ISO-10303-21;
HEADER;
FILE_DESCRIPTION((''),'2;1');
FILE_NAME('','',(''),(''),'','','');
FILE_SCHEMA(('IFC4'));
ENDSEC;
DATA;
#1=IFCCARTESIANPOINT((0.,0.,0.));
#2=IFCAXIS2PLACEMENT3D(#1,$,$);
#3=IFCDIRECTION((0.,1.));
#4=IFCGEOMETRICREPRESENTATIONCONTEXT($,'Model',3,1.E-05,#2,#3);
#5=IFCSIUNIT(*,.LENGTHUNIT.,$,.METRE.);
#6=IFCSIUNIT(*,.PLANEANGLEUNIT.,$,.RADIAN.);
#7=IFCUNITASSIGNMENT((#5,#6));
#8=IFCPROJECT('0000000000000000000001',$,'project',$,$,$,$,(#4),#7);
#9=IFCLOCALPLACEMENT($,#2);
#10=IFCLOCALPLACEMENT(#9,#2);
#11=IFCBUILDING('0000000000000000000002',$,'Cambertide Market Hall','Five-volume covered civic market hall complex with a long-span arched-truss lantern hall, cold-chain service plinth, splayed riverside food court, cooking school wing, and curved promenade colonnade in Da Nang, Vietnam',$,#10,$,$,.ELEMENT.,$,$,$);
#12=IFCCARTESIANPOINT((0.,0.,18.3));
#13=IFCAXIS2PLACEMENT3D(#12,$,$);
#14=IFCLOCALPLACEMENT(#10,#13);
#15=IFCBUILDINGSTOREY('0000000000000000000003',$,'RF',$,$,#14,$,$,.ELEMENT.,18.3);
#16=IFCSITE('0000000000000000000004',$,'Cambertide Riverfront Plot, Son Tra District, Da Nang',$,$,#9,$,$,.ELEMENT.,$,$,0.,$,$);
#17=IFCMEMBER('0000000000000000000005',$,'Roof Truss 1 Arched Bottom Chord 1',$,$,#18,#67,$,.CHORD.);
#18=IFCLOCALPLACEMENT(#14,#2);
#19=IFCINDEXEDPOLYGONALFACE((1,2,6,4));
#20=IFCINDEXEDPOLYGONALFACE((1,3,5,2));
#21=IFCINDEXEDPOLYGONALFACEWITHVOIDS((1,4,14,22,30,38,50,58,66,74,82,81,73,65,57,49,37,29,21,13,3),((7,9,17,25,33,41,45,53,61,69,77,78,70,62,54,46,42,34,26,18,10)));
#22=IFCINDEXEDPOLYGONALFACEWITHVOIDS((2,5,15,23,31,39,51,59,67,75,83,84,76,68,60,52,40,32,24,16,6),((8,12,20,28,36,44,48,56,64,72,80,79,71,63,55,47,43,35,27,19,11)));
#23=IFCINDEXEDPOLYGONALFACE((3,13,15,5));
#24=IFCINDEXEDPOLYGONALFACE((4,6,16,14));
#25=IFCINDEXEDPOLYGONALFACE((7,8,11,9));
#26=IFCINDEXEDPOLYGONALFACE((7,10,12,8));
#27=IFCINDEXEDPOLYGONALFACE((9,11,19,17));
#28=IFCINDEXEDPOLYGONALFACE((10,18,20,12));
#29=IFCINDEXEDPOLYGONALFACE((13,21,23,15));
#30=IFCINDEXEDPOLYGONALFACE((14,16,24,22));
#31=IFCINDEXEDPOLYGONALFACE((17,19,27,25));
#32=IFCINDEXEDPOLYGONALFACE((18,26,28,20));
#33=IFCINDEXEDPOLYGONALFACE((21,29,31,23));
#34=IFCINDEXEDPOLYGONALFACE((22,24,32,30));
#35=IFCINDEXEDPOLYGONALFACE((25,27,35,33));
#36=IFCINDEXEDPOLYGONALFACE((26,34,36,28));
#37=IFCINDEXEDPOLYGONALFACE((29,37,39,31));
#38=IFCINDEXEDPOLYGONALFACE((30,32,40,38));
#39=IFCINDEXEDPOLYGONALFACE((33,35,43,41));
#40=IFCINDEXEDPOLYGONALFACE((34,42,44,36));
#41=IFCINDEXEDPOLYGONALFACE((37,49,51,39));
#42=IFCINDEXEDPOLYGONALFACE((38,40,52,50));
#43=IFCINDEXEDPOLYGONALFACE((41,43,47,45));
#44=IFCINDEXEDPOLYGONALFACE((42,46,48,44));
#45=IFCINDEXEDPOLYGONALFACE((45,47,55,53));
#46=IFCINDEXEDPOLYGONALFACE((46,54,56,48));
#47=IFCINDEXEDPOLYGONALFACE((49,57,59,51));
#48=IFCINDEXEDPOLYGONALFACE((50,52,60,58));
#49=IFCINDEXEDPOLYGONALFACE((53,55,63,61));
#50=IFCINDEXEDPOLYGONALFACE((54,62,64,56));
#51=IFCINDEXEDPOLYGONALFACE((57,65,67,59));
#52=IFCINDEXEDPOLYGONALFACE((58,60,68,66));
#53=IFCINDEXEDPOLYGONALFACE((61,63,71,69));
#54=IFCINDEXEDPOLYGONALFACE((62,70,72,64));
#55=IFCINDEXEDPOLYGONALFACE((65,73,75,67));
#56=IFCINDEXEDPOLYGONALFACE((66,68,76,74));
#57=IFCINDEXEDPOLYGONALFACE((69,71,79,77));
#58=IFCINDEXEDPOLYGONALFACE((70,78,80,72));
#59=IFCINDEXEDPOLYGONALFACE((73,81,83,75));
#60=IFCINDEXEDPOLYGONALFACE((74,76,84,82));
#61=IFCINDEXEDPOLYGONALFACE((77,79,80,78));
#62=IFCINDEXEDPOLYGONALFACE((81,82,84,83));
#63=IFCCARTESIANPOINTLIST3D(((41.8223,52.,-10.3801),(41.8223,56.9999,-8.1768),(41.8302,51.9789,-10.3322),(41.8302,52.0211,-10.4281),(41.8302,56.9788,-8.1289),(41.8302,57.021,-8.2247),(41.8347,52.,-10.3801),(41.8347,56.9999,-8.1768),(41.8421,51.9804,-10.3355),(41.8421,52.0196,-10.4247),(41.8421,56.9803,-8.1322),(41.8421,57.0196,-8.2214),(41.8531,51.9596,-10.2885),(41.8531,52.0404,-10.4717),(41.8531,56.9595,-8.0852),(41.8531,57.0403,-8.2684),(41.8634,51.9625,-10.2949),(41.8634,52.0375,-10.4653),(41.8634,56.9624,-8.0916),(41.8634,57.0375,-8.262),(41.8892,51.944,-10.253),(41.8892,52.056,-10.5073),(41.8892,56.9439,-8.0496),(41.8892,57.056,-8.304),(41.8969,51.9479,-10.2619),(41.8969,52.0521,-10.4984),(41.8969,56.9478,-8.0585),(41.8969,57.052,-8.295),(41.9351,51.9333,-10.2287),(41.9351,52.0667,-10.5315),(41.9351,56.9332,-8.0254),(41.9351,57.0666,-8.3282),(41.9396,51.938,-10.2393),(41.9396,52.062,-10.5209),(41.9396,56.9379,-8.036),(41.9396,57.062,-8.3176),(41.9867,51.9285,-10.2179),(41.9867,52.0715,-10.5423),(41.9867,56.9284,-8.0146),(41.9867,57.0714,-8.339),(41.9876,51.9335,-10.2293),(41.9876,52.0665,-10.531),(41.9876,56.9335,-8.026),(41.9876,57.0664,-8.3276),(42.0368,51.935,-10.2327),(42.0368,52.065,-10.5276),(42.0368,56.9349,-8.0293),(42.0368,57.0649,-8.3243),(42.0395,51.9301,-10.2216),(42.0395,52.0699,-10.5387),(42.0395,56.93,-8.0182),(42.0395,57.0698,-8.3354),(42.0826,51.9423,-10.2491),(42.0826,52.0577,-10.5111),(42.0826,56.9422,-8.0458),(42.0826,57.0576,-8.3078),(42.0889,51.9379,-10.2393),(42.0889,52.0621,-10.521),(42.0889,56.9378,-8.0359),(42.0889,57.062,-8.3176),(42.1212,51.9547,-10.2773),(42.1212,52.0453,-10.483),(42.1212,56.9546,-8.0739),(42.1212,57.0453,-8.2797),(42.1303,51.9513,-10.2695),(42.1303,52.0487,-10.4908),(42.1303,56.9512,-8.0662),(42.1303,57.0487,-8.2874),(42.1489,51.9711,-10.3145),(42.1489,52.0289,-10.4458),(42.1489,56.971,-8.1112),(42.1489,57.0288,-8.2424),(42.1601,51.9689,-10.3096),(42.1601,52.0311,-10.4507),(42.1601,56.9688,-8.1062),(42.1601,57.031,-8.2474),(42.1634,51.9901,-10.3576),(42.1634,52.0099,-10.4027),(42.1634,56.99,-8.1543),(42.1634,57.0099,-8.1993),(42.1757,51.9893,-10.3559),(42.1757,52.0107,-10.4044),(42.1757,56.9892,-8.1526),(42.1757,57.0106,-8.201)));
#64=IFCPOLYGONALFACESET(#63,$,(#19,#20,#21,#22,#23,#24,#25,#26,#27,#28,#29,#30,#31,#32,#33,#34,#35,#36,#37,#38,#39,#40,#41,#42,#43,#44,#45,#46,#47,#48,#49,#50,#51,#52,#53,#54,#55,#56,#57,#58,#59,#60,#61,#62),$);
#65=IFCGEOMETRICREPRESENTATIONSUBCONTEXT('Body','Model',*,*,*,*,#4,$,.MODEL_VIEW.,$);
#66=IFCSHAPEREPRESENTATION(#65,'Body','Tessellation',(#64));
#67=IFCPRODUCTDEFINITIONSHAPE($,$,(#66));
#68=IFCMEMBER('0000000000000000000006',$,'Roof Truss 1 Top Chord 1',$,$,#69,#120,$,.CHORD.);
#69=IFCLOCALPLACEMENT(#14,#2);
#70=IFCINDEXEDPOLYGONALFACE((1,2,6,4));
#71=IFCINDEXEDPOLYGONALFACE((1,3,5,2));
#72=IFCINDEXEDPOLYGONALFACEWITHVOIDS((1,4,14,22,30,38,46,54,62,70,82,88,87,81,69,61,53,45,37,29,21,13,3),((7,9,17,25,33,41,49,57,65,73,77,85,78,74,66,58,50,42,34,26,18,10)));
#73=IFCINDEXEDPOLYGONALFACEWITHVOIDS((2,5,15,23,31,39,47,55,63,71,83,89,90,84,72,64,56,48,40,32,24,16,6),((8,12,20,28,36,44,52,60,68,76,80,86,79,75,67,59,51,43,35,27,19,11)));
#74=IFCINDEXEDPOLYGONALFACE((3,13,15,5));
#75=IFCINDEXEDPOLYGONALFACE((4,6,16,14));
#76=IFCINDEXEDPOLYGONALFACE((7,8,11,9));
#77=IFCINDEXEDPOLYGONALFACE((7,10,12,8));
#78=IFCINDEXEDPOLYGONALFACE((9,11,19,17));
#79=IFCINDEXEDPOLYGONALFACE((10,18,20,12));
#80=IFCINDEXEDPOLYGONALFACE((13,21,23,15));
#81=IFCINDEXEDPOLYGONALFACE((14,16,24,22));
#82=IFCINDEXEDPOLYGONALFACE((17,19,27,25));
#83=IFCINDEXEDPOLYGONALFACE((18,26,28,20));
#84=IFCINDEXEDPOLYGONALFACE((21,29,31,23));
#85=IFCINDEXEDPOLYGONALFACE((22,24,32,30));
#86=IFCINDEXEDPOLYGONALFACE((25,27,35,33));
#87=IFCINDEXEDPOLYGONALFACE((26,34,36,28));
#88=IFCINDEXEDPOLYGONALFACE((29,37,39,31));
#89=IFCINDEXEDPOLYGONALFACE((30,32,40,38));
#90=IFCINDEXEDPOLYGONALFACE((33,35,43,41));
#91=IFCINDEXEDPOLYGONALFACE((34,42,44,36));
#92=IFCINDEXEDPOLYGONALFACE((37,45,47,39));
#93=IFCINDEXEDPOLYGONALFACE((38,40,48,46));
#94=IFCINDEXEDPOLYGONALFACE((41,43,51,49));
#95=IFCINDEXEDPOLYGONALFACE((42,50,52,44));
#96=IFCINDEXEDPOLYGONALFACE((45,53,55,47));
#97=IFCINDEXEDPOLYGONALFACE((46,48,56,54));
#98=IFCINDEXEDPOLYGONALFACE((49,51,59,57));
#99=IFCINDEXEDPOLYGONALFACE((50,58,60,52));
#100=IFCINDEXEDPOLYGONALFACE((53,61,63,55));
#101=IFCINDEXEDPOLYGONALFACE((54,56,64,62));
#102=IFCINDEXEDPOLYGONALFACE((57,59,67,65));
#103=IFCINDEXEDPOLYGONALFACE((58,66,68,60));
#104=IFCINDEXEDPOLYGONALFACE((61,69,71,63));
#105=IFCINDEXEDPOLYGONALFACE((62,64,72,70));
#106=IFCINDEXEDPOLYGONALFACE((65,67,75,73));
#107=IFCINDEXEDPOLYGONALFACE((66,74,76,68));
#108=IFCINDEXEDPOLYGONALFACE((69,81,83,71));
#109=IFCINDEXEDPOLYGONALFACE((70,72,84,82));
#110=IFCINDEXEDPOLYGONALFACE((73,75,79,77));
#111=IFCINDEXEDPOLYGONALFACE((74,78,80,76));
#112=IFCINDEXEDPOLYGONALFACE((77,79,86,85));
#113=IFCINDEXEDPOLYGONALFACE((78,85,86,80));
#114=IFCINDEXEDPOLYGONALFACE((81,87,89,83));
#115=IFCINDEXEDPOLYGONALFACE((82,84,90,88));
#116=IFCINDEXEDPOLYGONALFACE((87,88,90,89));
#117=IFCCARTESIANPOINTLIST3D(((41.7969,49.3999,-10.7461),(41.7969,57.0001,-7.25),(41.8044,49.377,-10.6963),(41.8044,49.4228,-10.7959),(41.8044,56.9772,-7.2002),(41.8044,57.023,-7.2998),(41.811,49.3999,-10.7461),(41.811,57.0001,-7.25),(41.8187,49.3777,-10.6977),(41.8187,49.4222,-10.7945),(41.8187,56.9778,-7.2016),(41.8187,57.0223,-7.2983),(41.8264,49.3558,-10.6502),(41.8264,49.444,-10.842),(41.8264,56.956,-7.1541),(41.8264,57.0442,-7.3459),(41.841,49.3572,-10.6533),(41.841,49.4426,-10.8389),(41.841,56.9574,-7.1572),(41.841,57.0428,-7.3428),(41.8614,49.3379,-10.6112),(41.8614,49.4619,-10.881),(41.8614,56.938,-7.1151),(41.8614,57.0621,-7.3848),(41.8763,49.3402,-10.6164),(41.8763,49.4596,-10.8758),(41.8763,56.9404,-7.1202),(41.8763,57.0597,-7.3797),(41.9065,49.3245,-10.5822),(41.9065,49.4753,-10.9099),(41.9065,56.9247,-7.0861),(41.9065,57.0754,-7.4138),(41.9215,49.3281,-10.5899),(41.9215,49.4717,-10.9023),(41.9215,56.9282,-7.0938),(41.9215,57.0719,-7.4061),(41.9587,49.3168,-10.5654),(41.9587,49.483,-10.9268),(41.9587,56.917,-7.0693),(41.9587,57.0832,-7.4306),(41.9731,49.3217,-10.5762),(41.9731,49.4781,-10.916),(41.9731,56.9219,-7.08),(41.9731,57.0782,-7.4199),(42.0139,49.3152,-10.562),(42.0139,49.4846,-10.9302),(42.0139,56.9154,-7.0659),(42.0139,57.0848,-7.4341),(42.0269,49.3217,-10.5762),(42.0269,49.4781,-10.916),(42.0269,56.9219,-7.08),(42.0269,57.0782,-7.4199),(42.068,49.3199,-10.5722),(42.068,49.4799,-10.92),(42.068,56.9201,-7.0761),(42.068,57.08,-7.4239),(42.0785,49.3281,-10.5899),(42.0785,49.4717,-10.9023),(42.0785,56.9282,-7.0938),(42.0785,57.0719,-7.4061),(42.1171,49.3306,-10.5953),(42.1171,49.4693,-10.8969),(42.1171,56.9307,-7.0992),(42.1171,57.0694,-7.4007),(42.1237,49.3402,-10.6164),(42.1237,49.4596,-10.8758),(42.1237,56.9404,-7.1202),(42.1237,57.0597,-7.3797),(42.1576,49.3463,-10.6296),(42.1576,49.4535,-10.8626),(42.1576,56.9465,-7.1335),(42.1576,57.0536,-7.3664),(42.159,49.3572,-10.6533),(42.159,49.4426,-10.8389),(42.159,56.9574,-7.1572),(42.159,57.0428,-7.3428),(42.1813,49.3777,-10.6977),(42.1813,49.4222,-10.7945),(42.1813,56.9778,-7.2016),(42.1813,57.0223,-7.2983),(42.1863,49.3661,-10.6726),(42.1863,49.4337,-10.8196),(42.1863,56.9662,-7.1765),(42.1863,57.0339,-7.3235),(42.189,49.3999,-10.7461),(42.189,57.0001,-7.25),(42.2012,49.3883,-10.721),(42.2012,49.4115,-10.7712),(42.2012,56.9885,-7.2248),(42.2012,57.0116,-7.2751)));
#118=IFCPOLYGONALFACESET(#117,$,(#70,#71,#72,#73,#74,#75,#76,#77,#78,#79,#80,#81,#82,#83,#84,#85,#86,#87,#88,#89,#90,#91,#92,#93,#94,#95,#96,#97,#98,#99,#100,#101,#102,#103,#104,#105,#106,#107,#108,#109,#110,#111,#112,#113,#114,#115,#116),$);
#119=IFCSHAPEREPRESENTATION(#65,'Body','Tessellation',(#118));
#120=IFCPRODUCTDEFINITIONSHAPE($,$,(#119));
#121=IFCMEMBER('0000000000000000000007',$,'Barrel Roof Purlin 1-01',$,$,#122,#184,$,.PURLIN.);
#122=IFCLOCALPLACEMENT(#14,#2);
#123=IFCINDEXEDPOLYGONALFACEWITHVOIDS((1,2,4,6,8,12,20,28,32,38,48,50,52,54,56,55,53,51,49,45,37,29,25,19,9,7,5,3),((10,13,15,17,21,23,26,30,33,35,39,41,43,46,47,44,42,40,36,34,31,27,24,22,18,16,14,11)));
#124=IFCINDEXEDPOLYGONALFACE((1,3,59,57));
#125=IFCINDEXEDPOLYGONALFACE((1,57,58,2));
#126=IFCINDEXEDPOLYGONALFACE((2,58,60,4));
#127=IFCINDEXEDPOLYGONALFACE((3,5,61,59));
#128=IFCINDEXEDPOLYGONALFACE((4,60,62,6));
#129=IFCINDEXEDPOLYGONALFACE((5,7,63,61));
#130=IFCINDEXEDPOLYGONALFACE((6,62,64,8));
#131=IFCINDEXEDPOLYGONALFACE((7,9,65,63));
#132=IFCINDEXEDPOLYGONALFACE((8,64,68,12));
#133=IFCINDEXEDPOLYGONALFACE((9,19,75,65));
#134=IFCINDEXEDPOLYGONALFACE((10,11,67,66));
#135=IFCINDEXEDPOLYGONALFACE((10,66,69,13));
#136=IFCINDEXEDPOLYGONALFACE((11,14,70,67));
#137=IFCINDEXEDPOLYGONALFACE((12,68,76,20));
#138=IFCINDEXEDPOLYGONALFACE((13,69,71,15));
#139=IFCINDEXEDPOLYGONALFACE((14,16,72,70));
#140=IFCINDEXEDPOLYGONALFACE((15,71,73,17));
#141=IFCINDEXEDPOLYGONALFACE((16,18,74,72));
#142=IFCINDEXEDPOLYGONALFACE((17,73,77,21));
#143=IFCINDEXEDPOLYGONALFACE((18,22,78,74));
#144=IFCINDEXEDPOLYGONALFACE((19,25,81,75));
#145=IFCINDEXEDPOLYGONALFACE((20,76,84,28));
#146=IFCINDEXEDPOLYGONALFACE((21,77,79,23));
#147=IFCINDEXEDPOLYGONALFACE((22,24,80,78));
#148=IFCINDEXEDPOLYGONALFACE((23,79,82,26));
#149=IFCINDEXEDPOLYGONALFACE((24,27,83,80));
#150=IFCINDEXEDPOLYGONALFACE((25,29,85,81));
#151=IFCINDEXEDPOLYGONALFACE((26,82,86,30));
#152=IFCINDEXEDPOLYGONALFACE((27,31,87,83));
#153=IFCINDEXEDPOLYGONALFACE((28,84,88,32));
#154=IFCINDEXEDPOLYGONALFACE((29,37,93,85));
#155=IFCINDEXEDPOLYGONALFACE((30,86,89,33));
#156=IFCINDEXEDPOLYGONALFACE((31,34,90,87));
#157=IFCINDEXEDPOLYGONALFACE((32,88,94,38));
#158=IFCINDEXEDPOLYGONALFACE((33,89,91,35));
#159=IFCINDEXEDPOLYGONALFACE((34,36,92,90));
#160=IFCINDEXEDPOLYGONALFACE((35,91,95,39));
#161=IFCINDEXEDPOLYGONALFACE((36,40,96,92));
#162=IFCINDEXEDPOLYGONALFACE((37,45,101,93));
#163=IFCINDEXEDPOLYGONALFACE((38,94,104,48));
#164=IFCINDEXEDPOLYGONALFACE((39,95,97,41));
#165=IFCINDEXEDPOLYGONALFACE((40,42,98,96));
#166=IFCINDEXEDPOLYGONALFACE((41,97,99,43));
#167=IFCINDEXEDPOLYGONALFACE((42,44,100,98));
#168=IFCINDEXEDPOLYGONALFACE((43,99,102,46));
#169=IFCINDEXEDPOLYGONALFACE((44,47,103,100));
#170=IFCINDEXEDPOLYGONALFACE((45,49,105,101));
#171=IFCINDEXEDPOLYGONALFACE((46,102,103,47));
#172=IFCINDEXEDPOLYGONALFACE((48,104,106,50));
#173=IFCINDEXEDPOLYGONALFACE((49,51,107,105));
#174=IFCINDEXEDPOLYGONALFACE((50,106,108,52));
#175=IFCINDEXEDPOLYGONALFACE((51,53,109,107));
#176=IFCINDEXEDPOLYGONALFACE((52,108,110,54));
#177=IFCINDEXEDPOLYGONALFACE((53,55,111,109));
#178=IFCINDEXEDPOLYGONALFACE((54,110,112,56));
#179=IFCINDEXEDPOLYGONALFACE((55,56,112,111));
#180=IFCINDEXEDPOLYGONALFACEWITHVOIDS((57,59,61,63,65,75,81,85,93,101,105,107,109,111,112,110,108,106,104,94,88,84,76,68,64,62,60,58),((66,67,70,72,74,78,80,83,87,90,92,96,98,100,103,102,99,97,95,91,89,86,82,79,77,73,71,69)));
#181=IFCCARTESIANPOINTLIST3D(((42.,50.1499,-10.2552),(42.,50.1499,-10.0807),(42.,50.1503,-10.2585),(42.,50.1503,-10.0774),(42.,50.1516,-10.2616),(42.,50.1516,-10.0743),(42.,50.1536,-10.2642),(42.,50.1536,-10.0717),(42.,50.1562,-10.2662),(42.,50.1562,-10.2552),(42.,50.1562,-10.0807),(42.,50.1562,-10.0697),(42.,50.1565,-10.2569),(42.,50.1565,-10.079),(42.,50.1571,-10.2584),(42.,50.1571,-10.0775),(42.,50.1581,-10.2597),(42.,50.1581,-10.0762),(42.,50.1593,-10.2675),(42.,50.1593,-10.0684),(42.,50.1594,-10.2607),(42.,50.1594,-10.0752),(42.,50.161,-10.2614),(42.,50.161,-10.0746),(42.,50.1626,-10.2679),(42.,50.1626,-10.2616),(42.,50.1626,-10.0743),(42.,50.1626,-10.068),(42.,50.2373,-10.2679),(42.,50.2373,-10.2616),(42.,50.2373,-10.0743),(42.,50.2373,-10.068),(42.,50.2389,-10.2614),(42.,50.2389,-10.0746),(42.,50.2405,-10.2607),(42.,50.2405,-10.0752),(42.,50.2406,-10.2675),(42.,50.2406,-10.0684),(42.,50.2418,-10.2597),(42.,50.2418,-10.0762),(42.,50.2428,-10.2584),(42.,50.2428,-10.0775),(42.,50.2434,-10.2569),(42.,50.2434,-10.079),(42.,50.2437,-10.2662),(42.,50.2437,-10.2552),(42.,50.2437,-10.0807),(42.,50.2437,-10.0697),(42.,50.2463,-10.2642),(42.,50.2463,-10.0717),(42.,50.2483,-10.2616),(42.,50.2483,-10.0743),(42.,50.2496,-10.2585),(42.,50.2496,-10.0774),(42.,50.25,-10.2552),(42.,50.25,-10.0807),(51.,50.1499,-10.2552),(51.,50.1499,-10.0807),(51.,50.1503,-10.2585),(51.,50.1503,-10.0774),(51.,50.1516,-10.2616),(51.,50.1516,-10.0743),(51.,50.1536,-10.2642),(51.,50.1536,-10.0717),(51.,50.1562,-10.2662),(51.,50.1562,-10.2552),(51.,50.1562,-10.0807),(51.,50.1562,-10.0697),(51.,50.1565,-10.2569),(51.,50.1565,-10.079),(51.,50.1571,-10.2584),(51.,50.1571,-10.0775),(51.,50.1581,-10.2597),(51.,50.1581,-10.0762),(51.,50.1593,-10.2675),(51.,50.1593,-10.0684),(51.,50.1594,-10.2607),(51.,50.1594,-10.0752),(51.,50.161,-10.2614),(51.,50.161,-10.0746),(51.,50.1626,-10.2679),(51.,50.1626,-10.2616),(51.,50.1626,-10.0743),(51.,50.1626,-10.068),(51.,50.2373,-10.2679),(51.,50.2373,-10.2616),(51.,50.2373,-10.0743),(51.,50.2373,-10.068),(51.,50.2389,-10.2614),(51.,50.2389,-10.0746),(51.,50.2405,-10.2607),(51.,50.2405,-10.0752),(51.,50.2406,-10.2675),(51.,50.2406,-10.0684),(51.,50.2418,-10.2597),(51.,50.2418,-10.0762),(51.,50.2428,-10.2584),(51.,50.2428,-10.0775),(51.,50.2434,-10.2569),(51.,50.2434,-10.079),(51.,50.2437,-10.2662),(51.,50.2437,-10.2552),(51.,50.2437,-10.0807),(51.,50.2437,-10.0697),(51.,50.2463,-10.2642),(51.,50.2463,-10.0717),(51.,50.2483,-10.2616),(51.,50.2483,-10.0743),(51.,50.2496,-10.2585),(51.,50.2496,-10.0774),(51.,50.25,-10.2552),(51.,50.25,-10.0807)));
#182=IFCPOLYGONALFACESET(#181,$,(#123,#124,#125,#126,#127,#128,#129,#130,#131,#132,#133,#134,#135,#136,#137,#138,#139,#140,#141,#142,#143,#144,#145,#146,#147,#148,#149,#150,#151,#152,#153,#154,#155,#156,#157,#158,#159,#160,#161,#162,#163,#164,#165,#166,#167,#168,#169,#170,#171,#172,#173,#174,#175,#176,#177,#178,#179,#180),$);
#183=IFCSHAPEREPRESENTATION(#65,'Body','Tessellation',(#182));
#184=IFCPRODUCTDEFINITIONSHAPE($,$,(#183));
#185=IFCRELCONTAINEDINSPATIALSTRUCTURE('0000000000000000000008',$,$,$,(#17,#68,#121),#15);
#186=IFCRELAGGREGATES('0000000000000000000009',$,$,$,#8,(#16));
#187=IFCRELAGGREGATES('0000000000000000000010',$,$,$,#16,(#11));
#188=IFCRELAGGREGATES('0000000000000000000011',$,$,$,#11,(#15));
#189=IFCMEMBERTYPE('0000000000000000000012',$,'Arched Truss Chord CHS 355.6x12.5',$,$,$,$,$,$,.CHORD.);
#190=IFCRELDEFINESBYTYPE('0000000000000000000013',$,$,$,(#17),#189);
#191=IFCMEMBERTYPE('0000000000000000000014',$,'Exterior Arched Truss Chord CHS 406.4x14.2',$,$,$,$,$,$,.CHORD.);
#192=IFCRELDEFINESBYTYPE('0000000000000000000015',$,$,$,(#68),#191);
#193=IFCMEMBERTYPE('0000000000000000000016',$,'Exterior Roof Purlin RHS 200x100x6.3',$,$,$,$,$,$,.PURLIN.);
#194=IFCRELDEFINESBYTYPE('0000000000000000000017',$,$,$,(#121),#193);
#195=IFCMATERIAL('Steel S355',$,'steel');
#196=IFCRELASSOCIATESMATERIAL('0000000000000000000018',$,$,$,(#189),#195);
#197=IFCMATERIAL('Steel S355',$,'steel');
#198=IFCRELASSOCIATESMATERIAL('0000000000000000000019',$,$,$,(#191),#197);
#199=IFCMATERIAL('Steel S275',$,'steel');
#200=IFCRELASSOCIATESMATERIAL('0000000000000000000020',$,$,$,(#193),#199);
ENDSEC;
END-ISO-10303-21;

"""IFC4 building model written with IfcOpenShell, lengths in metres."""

from ifc_helpers import new_model, si_unit, direction, frame, origin, origin_2d, place, context, subcontext, project, spatial, hollow_rectangle, hollow_circle, extrude, material, material_profile, profile_set, type_object, element, save


model = new_model("IFC4")

# Units and contexts
model_context = context("Model", 3, precision=1e-05, world=origin(), true_north=direction((0.0, 1.0)))
body_context = subcontext(model_context, "Body", "Model", "MODEL_VIEW")
ifc_project = project(units=[si_unit("LENGTHUNIT", "METRE"), si_unit("PLANEANGLEUNIT", "RADIAN")], contexts=[model_context])

# Site, building, storey
site_placement = place(None, origin())
site = spatial("IfcSite", under=ifc_project, at=site_placement, Name="Cambertide Riverfront Plot, Son Tra District, Da Nang", CompositionType="ELEMENT", RefElevation=0.0)
building_placement = place(site_placement, origin())
building = spatial("IfcBuilding", under=site, at=building_placement, Name="Cambertide Market Hall", Description="Five-volume covered civic market hall complex with a long-span arched-truss lantern hall, cold-chain service plinth, splayed riverside food court, cooking school wing, and curved promenade colonnade in Da Nang, Vietnam", CompositionType="ELEMENT")
storey_placement = place(building_placement, frame((0.0, 0.0, 18.3)))
storey = spatial("IfcBuildingStorey", under=building, at=storey_placement, Name="RF", CompositionType="ELEMENT", Elevation=18.3)

# Members
ifc_material_1 = material(Name="Steel S355", Category="steel")
ifc_material_profile_1 = material_profile(ifc_material_1, hollow_circle(Radius=0.1777, WallThickness=0.0125, at=origin_2d()), Name="CHS 355.6x12.5")
ifc_profile_set_1 = profile_set([ifc_material_profile_1], Name="Steel S355")
member_type_1 = type_object("IfcMemberType", Name="Arched Truss Chord CHS 355.6x12.5", PredefinedType="CHORD", material=ifc_profile_set_1)
member_1_placement = place(storey_placement, frame((42.0, 52.0, -10.3801), z_axis=(0.0, 0.915088, 0.403255), x_axis=(-1.0, 0.0, 0.0)))
element("IfcMember", 1, at=member_1_placement, inside=storey, type_object=member_type_1, Name="Roof Truss 1 Arched Bottom Chord 1", PredefinedType="CHORD", context=body_context, shape_type="SweptSolid", body=[
    extrude(hollow_circle(Radius=0.1777, WallThickness=0.0125, at=origin_2d()), origin(), (0.0, 0.0, 1.0), 5.4639),
])
ifc_material_2 = material(Name="Steel S355", Category="steel")
ifc_material_profile_2 = material_profile(ifc_material_2, hollow_circle(Radius=0.2031, WallThickness=0.0142, at=origin_2d()), Name="CHS 406.4x14.2")
ifc_profile_set_2 = profile_set([ifc_material_profile_2], Name="Steel S355")
member_type_2 = type_object("IfcMemberType", Name="Exterior Arched Truss Chord CHS 406.4x14.2", PredefinedType="CHORD", material=ifc_profile_set_2)
member_2_placement = place(storey_placement, frame((42.0, 49.3999, -10.7461), z_axis=(0.0, 0.908488, 0.41791), x_axis=(-1.0, 0.0, 0.0)))
element("IfcMember", 2, at=member_2_placement, inside=storey, type_object=member_type_2, Name="Roof Truss 1 Top Chord 1", PredefinedType="CHORD", context=body_context, shape_type="SweptSolid", body=[
    extrude(hollow_circle(Radius=0.2031, WallThickness=0.0142, at=origin_2d()), origin(), (0.0, 0.0, 1.0), 8.3657),
])
ifc_material_3 = material(Name="Steel S275", Category="steel")
ifc_material_profile_3 = material_profile(ifc_material_3, hollow_rectangle(XDim=0.1001, YDim=0.2, WallThickness=0.0063, InnerFilletRadius=0.0063, OuterFilletRadius=0.0127, at=origin_2d()), Name="RHS 200x100x6.3")
ifc_profile_set_3 = profile_set([ifc_material_profile_3], Name="Steel S275")
member_type_3 = type_object("IfcMemberType", Name="Exterior Roof Purlin RHS 200x100x6.3", PredefinedType="PURLIN", material=ifc_profile_set_3)
member_3_placement = place(storey_placement, frame((42.0, 50.2, -10.168), z_axis=(1.0, 0.0, 0.0), x_axis=(0.0, 1.0, 0.0)))
element("IfcMember", 3, at=member_3_placement, inside=storey, type_object=member_type_3, Name="Barrel Roof Purlin 1-01", PredefinedType="PURLIN", context=body_context, shape_type="SweptSolid", body=[
    extrude(hollow_rectangle(XDim=0.1001, YDim=0.2, WallThickness=0.0063, InnerFilletRadius=0.0063, OuterFilletRadius=0.0127, at=origin_2d()), origin(), (0.0, 0.0, 1.0), 9.0),
])

save(model, "model.ifc")
